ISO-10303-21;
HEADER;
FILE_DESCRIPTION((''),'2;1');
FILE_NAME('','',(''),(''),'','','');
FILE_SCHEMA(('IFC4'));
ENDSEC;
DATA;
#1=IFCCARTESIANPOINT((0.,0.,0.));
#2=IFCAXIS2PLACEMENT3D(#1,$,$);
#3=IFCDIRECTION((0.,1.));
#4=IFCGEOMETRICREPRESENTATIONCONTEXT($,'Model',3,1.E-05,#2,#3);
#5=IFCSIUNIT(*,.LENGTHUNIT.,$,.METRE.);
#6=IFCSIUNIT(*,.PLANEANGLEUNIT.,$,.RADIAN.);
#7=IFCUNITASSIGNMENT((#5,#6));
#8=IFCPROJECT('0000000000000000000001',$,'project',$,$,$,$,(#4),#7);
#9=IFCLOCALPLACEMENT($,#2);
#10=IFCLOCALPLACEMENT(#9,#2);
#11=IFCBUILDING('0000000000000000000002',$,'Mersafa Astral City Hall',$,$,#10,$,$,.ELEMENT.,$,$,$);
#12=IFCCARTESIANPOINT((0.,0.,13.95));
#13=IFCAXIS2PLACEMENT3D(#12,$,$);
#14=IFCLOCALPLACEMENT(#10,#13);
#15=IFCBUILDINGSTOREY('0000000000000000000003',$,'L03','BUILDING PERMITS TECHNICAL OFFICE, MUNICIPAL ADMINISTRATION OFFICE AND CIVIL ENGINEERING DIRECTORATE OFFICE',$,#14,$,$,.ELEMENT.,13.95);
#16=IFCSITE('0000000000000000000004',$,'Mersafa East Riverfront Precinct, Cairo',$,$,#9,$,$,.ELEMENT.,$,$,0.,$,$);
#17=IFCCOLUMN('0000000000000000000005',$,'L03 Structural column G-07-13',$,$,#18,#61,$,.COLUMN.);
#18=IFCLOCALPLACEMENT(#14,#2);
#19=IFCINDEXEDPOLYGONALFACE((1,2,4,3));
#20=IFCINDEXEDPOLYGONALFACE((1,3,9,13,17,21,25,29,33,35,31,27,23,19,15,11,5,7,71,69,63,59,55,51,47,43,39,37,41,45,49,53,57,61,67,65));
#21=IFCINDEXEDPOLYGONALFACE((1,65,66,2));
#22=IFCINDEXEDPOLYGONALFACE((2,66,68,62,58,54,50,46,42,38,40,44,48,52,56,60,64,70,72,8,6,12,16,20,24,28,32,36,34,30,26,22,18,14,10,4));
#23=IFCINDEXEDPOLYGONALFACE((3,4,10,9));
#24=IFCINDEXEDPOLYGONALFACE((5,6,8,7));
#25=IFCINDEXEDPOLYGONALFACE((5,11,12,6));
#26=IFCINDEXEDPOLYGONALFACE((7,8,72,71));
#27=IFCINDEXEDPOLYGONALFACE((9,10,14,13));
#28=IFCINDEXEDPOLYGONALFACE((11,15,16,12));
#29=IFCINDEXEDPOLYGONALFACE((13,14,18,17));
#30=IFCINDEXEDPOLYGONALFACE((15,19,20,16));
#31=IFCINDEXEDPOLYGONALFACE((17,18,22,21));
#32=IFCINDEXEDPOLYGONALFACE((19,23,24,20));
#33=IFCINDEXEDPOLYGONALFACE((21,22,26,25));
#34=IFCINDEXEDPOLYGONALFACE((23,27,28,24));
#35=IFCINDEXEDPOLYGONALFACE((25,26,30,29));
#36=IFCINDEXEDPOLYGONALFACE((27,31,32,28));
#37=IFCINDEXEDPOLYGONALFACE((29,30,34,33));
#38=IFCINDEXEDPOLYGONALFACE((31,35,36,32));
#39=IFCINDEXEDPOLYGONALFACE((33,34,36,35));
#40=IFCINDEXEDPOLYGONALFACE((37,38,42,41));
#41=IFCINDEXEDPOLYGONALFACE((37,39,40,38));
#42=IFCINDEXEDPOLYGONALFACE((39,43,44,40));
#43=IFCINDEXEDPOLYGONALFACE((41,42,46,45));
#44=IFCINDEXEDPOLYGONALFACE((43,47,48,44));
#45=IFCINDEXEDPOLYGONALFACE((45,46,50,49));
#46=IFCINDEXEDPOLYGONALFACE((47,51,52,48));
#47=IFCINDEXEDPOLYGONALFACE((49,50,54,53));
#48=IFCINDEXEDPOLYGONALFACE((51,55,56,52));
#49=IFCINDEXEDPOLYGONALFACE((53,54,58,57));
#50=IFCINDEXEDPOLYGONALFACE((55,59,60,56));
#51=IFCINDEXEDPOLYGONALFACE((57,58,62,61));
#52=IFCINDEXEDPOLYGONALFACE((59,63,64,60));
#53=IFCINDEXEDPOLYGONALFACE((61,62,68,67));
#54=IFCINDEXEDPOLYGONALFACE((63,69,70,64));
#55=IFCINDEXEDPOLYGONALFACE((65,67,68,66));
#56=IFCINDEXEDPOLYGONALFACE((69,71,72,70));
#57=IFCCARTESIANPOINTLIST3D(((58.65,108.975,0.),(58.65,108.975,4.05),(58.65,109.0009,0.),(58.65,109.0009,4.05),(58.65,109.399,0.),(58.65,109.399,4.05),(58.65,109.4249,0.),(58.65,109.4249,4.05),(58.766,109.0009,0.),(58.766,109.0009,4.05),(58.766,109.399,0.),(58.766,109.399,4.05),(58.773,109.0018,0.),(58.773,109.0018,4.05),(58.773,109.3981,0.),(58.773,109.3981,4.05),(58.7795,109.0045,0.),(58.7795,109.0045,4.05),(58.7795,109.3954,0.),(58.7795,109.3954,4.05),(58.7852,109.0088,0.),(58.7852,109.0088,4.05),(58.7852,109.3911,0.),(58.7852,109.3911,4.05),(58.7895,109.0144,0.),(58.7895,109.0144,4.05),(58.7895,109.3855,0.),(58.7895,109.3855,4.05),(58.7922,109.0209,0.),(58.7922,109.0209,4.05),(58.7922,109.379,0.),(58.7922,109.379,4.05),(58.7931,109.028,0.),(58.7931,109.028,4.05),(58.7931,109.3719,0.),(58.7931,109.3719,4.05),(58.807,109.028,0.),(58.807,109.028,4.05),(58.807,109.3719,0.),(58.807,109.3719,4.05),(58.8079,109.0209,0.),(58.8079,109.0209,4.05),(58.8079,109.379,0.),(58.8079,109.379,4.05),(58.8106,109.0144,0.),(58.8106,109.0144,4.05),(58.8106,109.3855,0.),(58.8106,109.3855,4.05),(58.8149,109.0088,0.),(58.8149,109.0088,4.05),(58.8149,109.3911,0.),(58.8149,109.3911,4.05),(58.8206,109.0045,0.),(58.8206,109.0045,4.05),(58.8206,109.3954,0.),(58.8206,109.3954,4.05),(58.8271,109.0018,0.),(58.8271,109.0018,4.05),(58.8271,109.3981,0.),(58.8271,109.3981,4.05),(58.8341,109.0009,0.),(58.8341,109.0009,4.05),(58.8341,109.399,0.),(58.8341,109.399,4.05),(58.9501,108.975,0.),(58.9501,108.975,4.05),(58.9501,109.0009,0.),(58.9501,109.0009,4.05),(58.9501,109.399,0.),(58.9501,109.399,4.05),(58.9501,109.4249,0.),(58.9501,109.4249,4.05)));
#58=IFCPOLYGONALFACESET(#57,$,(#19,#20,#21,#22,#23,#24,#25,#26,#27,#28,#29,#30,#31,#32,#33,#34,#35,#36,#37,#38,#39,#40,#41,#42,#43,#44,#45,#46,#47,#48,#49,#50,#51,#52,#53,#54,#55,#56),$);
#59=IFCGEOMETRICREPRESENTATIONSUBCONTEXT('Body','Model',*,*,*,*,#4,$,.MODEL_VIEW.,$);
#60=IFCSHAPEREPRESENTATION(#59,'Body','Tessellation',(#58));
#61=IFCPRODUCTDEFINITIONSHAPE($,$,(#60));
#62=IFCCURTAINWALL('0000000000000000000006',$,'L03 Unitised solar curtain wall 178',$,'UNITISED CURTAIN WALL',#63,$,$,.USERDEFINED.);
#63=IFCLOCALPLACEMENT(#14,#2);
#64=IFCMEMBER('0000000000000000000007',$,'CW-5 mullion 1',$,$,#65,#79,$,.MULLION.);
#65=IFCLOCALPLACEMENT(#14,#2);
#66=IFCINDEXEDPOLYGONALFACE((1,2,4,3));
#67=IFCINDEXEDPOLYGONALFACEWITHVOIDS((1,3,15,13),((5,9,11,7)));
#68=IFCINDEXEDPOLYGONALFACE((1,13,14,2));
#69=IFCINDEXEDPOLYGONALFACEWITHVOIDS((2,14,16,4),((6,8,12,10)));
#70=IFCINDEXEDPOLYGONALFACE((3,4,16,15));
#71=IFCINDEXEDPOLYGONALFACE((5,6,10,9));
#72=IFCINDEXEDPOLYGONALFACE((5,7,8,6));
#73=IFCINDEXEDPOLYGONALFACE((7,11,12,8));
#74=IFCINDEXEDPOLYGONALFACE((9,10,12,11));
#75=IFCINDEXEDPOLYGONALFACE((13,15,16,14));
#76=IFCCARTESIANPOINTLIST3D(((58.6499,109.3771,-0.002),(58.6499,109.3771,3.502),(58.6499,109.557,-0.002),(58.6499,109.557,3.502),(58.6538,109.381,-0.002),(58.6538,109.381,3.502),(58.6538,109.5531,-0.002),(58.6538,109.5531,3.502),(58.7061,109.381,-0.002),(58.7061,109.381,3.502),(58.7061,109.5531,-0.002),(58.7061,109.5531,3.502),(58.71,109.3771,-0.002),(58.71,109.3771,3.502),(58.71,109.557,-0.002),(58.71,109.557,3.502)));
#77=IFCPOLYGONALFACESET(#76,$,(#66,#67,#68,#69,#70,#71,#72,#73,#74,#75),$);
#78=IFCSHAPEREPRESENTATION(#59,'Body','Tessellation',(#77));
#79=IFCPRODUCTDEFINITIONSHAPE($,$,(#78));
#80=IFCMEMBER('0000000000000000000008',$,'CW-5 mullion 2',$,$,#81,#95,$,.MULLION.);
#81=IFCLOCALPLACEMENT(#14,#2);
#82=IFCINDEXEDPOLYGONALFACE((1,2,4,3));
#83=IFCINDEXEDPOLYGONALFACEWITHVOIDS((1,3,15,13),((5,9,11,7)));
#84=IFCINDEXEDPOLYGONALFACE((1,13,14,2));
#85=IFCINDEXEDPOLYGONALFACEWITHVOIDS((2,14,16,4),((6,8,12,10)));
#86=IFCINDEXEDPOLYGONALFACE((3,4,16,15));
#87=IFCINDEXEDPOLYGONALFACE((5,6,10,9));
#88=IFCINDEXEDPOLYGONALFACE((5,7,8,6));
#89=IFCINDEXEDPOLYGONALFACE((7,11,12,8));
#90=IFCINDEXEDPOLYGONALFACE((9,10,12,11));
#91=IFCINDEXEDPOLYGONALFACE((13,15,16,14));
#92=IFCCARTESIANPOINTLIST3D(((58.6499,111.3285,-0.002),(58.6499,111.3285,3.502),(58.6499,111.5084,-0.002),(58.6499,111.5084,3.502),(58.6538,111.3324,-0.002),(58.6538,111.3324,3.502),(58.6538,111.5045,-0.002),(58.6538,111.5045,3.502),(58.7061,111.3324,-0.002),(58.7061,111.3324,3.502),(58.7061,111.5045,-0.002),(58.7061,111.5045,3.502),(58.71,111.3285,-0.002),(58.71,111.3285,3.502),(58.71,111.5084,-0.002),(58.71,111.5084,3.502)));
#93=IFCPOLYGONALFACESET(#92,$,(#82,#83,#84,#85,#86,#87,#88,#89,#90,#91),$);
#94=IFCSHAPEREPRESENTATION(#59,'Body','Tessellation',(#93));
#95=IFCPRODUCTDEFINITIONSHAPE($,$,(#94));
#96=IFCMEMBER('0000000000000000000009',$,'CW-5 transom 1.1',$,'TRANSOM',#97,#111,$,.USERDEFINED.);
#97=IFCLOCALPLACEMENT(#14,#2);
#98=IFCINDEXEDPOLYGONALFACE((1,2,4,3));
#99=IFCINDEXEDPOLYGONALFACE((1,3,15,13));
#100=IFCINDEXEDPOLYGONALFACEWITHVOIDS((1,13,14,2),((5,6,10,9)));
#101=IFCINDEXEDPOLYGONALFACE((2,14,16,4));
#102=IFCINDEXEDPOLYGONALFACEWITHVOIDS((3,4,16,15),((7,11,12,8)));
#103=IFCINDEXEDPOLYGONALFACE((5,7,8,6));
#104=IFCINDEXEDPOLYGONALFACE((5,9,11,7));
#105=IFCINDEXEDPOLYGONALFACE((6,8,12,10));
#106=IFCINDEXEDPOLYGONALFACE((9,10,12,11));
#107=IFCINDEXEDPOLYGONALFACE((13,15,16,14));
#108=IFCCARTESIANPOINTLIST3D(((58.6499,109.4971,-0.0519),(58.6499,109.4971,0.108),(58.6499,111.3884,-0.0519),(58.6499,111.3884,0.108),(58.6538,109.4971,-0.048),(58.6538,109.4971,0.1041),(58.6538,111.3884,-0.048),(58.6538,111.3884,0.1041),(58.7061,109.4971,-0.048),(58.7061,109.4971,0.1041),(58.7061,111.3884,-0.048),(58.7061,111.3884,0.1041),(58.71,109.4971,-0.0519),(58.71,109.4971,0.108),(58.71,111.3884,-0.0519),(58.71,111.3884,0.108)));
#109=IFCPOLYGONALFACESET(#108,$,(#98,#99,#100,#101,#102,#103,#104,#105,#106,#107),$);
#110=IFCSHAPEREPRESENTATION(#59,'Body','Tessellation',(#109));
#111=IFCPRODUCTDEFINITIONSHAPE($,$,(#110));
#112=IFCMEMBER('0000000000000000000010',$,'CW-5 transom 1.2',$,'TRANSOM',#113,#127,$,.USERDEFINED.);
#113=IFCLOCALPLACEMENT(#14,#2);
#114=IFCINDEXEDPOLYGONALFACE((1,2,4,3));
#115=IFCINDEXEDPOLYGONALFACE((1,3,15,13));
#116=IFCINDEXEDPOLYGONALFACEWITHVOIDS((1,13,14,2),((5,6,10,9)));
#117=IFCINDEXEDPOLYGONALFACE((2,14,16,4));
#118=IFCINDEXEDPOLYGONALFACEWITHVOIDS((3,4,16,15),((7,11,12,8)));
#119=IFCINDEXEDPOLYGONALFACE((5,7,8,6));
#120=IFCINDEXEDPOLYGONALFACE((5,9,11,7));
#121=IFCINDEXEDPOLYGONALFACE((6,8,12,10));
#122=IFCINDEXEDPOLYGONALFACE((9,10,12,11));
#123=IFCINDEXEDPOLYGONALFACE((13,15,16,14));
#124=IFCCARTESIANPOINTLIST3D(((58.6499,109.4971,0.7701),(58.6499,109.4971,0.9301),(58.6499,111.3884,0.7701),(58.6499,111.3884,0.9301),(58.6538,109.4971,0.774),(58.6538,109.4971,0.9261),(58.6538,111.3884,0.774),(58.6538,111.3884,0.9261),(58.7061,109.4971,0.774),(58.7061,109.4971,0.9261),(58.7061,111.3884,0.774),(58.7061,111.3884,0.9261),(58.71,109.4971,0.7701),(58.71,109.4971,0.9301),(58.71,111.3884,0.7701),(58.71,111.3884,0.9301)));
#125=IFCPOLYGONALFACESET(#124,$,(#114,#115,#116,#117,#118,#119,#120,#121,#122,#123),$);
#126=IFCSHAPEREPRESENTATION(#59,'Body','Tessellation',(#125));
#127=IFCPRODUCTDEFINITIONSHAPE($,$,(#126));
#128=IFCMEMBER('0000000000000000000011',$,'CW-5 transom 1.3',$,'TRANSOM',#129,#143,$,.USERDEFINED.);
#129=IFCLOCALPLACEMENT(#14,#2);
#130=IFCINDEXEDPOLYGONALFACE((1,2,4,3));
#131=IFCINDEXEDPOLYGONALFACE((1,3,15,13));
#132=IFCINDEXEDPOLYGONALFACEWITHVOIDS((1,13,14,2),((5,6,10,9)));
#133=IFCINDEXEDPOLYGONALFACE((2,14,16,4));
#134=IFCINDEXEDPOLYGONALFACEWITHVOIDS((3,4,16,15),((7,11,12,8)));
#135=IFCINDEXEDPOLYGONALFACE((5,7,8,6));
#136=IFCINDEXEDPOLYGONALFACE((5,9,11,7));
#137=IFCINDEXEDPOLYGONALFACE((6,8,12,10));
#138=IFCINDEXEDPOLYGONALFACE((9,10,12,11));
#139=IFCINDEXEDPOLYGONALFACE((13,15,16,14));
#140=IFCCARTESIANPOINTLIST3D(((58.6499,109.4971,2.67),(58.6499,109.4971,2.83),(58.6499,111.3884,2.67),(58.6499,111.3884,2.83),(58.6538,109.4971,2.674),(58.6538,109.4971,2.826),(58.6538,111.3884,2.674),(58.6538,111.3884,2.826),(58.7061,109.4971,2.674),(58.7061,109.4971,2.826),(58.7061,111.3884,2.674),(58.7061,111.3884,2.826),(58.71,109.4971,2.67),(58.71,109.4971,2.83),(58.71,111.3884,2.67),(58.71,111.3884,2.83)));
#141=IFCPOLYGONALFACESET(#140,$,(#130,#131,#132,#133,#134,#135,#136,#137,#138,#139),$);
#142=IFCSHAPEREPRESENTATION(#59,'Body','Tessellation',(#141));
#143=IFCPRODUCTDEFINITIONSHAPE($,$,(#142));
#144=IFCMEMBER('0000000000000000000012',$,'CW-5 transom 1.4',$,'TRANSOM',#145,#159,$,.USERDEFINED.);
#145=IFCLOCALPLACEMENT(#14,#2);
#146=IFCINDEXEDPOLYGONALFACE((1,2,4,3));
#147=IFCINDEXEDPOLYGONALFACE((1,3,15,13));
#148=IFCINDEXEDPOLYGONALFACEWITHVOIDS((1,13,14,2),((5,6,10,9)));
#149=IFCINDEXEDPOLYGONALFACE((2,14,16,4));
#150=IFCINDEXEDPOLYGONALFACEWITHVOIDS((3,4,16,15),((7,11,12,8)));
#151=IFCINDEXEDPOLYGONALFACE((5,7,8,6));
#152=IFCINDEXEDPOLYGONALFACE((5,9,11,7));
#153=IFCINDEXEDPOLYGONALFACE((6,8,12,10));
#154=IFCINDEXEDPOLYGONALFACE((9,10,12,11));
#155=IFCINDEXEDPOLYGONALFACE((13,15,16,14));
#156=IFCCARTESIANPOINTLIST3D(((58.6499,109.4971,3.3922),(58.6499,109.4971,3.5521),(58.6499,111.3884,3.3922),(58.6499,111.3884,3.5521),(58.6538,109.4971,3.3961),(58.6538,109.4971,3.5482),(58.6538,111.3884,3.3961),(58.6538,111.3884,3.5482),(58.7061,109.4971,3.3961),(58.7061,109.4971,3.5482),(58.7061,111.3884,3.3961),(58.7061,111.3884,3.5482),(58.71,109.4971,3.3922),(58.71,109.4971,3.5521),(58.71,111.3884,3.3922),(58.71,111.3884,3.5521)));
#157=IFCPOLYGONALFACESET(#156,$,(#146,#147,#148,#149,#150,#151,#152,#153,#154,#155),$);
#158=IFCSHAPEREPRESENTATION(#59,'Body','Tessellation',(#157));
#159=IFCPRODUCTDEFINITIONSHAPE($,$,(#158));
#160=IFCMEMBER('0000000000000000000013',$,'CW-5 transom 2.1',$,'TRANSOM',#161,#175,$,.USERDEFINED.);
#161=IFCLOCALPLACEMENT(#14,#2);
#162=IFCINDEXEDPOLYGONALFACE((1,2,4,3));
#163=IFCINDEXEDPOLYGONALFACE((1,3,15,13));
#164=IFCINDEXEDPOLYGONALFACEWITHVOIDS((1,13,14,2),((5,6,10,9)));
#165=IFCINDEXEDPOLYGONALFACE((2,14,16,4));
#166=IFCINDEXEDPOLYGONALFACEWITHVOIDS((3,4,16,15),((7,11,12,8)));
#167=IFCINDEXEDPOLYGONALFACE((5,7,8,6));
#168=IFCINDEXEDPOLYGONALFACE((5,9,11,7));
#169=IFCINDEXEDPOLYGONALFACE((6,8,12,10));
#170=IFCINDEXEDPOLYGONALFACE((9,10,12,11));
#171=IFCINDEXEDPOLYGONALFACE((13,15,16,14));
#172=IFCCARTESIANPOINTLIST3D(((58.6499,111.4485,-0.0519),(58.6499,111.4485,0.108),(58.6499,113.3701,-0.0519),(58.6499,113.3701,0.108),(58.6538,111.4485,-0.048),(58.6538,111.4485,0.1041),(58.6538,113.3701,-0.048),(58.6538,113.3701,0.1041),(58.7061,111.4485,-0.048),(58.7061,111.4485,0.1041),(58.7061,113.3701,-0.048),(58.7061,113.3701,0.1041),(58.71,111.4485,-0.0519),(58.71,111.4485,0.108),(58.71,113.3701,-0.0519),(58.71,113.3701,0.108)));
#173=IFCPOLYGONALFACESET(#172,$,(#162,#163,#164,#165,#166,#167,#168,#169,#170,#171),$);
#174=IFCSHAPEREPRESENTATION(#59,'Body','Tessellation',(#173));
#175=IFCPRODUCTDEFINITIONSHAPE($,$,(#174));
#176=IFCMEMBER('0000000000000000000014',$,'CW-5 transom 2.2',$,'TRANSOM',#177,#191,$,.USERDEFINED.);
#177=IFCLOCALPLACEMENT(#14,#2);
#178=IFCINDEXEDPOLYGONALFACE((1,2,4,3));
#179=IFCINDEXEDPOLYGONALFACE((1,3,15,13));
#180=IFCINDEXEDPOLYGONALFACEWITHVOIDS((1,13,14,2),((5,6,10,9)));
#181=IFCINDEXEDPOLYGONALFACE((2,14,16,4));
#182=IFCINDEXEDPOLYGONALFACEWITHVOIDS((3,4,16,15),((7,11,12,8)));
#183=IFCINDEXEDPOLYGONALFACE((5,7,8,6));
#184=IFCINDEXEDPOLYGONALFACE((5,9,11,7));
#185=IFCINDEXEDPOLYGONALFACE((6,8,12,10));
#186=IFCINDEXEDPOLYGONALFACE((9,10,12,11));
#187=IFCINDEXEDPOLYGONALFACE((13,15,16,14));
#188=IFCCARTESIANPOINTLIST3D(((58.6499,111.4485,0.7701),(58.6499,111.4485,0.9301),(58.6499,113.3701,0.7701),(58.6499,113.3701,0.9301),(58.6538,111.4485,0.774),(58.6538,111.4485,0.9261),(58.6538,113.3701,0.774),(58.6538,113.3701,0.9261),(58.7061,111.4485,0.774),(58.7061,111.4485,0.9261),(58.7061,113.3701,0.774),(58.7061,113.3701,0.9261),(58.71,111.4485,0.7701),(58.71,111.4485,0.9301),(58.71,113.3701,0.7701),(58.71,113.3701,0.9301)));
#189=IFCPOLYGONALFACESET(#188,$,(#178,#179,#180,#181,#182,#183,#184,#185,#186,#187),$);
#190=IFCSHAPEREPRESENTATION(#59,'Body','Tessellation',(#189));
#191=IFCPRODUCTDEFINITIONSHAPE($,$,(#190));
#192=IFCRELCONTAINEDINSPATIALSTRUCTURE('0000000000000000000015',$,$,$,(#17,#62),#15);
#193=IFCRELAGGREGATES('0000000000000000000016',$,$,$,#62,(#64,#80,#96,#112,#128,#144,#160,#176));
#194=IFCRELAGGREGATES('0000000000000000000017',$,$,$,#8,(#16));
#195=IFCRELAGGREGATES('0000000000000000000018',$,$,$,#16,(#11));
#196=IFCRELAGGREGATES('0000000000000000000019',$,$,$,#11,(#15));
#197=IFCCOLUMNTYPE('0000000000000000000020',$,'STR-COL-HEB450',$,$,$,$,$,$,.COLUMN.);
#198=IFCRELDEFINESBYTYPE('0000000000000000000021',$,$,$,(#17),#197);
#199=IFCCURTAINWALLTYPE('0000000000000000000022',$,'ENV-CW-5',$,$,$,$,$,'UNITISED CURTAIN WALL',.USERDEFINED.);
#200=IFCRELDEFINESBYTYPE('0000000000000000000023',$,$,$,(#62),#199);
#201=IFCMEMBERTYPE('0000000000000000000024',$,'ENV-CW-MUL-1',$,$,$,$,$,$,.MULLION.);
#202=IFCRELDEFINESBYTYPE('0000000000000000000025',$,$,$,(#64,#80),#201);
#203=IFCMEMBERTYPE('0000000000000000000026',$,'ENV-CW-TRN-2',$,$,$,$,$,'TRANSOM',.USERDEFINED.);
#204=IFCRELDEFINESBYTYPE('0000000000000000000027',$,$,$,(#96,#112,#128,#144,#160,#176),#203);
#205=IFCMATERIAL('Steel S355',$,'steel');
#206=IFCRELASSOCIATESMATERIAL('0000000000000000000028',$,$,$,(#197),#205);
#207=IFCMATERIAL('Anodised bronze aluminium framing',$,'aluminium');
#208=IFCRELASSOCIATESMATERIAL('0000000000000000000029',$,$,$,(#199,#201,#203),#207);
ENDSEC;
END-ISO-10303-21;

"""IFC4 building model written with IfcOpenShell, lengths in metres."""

from ifc_helpers import new_model, si_unit, direction, frame, origin, origin_2d, place, context, subcontext, project, spatial, hollow_rectangle, i_section, extrude, material, material_profile, profile_set, type_object, element, aggregate, save


model = new_model("IFC4")

# Units and contexts
model_context = context("Model", 3, precision=1e-05, world=origin(), true_north=direction((0.0, 1.0)))
body_context = subcontext(model_context, "Body", "Model", "MODEL_VIEW")
ifc_project = project(units=[si_unit("LENGTHUNIT", "METRE"), si_unit("PLANEANGLEUNIT", "RADIAN")], contexts=[model_context])

# Site, building, storey
site_placement = place(None, origin())
site = spatial("IfcSite", under=ifc_project, at=site_placement, Name="Mersafa East Riverfront Precinct, Cairo", CompositionType="ELEMENT", RefElevation=0.0)
building_placement = place(site_placement, origin())
building = spatial("IfcBuilding", under=site, at=building_placement, Name="Mersafa Astral City Hall", CompositionType="ELEMENT")
storey_placement = place(building_placement, frame((0.0, 0.0, 13.95)))
storey = spatial("IfcBuildingStorey", under=building, at=storey_placement, Name="L03", Description="BUILDING PERMITS TECHNICAL OFFICE, MUNICIPAL ADMINISTRATION OFFICE AND CIVIL ENGINEERING DIRECTORATE OFFICE", CompositionType="ELEMENT", Elevation=13.95)

# Column
ifc_material_1 = material(Name="Steel S355", Category="steel")
ifc_material_profile_1 = material_profile(ifc_material_1, i_section(OverallWidth=0.3, OverallDepth=0.45, WebThickness=0.0139, FlangeThickness=0.0259, FilletRadius=0.0271, at=origin_2d()), Name="HEB 450")
ifc_profile_set_1 = profile_set([ifc_material_profile_1], Name="Steel S355")
column_type = type_object("IfcColumnType", Name="STR-COL-HEB450", PredefinedType="COLUMN", material=ifc_profile_set_1)
column_placement = place(storey_placement, frame((58.8, 109.2, 0.0), z_axis=(0.0, 0.0, 1.0), x_axis=(1.0, 0.0, 0.0)))
element("IfcColumn", 1, at=column_placement, inside=storey, type_object=column_type, Name="L03 Structural column G-07-13", PredefinedType="COLUMN", context=body_context, shape_type="SweptSolid", body=[
    extrude(i_section(OverallWidth=0.3, OverallDepth=0.45, WebThickness=0.0139, FlangeThickness=0.0259, FilletRadius=0.0271, at=origin_2d()), origin(), (0.0, 0.0, 1.0), 4.05),
])

# Curtain wall, members
ifc_material_2 = material(Name="Anodised bronze aluminium framing", Category="aluminium")
curtain_wall_type = type_object("IfcCurtainWallType", Name="ENV-CW-5", ElementType="UNITISED CURTAIN WALL", PredefinedType="USERDEFINED", material=ifc_material_2)
curtain_wall_placement = place(storey_placement, origin())
curtain_wall = element("IfcCurtainWall", 2, at=curtain_wall_placement, inside=storey, type_object=curtain_wall_type, Name="L03 Unitised solar curtain wall 178", ObjectType="UNITISED CURTAIN WALL", PredefinedType="USERDEFINED")
ifc_material_profile_2 = material_profile(ifc_material_2, hollow_rectangle(XDim=0.0601, YDim=0.1799, WallThickness=0.0039, at=origin_2d()), Name="RHS 60x180x4")
ifc_profile_set_2 = profile_set([ifc_material_profile_2], Name="Anodised bronze aluminium framing")
member_type_1 = type_object("IfcMemberType", Name="ENV-CW-MUL-1", PredefinedType="MULLION", material=ifc_profile_set_2)
member_1_placement = place(storey_placement, frame((58.6799, 109.467, -0.002), z_axis=(0.0, 0.0, 1.0), x_axis=(-1.0, 0.0, 0.0)))
member_1 = element("IfcMember", 3, at=member_1_placement, type_object=member_type_1, Name="CW-5 mullion 1", PredefinedType="MULLION", context=body_context, shape_type="SweptSolid", body=[
    extrude(hollow_rectangle(XDim=0.0601, YDim=0.1799, WallThickness=0.0039, at=origin_2d()), origin(), (0.0, 0.0, 1.0), 3.5039),
])
member_2_placement = place(storey_placement, frame((58.6799, 111.4185, -0.002), z_axis=(0.0, 0.0, 1.0), x_axis=(-1.0, 0.0, 0.0)))
member_2 = element("IfcMember", 4, at=member_2_placement, type_object=member_type_1, Name="CW-5 mullion 2", PredefinedType="MULLION", context=body_context, shape_type="SweptSolid", body=[
    extrude(hollow_rectangle(XDim=0.0601, YDim=0.1799, WallThickness=0.0039, at=origin_2d()), origin(), (0.0, 0.0, 1.0), 3.5039),
])
ifc_material_profile_3 = material_profile(ifc_material_2, hollow_rectangle(XDim=0.0601, YDim=0.1599, WallThickness=0.0039, at=origin_2d()), Name="RHS 60x160x4")
ifc_profile_set_3 = profile_set([ifc_material_profile_3], Name="Anodised bronze aluminium framing")
member_type_2 = type_object("IfcMemberType", Name="ENV-CW-TRN-2", ElementType="TRANSOM", PredefinedType="USERDEFINED", material=ifc_profile_set_3)
member_3_placement = place(storey_placement, frame((58.6799, 109.4971, 0.0281), z_axis=(0.0, 1.0, 0.0), x_axis=(-1.0, 0.0, 0.0)))
member_3 = element("IfcMember", 5, at=member_3_placement, type_object=member_type_2, Name="CW-5 transom 1.1", ObjectType="TRANSOM", PredefinedType="USERDEFINED", context=body_context, shape_type="SweptSolid", body=[
    extrude(hollow_rectangle(XDim=0.0601, YDim=0.1599, WallThickness=0.0039, at=origin_2d()), origin(), (0.0, 0.0, 1.0), 1.8914),
])
member_4_placement = place(storey_placement, frame((58.6799, 109.4971, 0.8501), z_axis=(0.0, 1.0, 0.0), x_axis=(-1.0, 0.0, 0.0)))
member_4 = element("IfcMember", 6, at=member_4_placement, type_object=member_type_2, Name="CW-5 transom 1.2", ObjectType="TRANSOM", PredefinedType="USERDEFINED", context=body_context, shape_type="SweptSolid", body=[
    extrude(hollow_rectangle(XDim=0.0601, YDim=0.1599, WallThickness=0.0039, at=origin_2d()), origin(), (0.0, 0.0, 1.0), 1.8914),
])
member_5_placement = place(storey_placement, frame((58.6799, 109.4971, 2.75), z_axis=(0.0, 1.0, 0.0), x_axis=(-1.0, 0.0, 0.0)))
member_5 = element("IfcMember", 7, at=member_5_placement, type_object=member_type_2, Name="CW-5 transom 1.3", ObjectType="TRANSOM", PredefinedType="USERDEFINED", context=body_context, shape_type="SweptSolid", body=[
    extrude(hollow_rectangle(XDim=0.0601, YDim=0.1599, WallThickness=0.0039, at=origin_2d()), origin(), (0.0, 0.0, 1.0), 1.8914),
])
member_6_placement = place(storey_placement, frame((58.6799, 109.4971, 3.4722), z_axis=(0.0, 1.0, 0.0), x_axis=(-1.0, 0.0, 0.0)))
member_6 = element("IfcMember", 8, at=member_6_placement, type_object=member_type_2, Name="CW-5 transom 1.4", ObjectType="TRANSOM", PredefinedType="USERDEFINED", context=body_context, shape_type="SweptSolid", body=[
    extrude(hollow_rectangle(XDim=0.0601, YDim=0.1599, WallThickness=0.0039, at=origin_2d()), origin(), (0.0, 0.0, 1.0), 1.8914),
])
member_7_placement = place(storey_placement, frame((58.6799, 111.4485, 0.0281), z_axis=(0.0, 1.0, 0.0), x_axis=(-1.0, 0.0, 0.0)))
member_7 = element("IfcMember", 9, at=member_7_placement, type_object=member_type_2, Name="CW-5 transom 2.1", ObjectType="TRANSOM", PredefinedType="USERDEFINED", context=body_context, shape_type="SweptSolid", body=[
    extrude(hollow_rectangle(XDim=0.0601, YDim=0.1599, WallThickness=0.0039, at=origin_2d()), origin(), (0.0, 0.0, 1.0), 1.9216),
])
member_8_placement = place(storey_placement, frame((58.6799, 111.4485, 0.8501), z_axis=(0.0, 1.0, 0.0), x_axis=(-1.0, 0.0, 0.0)))
member_8 = element("IfcMember", 10, at=member_8_placement, type_object=member_type_2, Name="CW-5 transom 2.2", ObjectType="TRANSOM", PredefinedType="USERDEFINED", context=body_context, shape_type="SweptSolid", body=[
    extrude(hollow_rectangle(XDim=0.0601, YDim=0.1599, WallThickness=0.0039, at=origin_2d()), origin(), (0.0, 0.0, 1.0), 1.9216),
])

aggregate(curtain_wall, [member_1, member_2, member_3, member_4, member_5, member_6, member_7, member_8])

save(model, "model.ifc")
